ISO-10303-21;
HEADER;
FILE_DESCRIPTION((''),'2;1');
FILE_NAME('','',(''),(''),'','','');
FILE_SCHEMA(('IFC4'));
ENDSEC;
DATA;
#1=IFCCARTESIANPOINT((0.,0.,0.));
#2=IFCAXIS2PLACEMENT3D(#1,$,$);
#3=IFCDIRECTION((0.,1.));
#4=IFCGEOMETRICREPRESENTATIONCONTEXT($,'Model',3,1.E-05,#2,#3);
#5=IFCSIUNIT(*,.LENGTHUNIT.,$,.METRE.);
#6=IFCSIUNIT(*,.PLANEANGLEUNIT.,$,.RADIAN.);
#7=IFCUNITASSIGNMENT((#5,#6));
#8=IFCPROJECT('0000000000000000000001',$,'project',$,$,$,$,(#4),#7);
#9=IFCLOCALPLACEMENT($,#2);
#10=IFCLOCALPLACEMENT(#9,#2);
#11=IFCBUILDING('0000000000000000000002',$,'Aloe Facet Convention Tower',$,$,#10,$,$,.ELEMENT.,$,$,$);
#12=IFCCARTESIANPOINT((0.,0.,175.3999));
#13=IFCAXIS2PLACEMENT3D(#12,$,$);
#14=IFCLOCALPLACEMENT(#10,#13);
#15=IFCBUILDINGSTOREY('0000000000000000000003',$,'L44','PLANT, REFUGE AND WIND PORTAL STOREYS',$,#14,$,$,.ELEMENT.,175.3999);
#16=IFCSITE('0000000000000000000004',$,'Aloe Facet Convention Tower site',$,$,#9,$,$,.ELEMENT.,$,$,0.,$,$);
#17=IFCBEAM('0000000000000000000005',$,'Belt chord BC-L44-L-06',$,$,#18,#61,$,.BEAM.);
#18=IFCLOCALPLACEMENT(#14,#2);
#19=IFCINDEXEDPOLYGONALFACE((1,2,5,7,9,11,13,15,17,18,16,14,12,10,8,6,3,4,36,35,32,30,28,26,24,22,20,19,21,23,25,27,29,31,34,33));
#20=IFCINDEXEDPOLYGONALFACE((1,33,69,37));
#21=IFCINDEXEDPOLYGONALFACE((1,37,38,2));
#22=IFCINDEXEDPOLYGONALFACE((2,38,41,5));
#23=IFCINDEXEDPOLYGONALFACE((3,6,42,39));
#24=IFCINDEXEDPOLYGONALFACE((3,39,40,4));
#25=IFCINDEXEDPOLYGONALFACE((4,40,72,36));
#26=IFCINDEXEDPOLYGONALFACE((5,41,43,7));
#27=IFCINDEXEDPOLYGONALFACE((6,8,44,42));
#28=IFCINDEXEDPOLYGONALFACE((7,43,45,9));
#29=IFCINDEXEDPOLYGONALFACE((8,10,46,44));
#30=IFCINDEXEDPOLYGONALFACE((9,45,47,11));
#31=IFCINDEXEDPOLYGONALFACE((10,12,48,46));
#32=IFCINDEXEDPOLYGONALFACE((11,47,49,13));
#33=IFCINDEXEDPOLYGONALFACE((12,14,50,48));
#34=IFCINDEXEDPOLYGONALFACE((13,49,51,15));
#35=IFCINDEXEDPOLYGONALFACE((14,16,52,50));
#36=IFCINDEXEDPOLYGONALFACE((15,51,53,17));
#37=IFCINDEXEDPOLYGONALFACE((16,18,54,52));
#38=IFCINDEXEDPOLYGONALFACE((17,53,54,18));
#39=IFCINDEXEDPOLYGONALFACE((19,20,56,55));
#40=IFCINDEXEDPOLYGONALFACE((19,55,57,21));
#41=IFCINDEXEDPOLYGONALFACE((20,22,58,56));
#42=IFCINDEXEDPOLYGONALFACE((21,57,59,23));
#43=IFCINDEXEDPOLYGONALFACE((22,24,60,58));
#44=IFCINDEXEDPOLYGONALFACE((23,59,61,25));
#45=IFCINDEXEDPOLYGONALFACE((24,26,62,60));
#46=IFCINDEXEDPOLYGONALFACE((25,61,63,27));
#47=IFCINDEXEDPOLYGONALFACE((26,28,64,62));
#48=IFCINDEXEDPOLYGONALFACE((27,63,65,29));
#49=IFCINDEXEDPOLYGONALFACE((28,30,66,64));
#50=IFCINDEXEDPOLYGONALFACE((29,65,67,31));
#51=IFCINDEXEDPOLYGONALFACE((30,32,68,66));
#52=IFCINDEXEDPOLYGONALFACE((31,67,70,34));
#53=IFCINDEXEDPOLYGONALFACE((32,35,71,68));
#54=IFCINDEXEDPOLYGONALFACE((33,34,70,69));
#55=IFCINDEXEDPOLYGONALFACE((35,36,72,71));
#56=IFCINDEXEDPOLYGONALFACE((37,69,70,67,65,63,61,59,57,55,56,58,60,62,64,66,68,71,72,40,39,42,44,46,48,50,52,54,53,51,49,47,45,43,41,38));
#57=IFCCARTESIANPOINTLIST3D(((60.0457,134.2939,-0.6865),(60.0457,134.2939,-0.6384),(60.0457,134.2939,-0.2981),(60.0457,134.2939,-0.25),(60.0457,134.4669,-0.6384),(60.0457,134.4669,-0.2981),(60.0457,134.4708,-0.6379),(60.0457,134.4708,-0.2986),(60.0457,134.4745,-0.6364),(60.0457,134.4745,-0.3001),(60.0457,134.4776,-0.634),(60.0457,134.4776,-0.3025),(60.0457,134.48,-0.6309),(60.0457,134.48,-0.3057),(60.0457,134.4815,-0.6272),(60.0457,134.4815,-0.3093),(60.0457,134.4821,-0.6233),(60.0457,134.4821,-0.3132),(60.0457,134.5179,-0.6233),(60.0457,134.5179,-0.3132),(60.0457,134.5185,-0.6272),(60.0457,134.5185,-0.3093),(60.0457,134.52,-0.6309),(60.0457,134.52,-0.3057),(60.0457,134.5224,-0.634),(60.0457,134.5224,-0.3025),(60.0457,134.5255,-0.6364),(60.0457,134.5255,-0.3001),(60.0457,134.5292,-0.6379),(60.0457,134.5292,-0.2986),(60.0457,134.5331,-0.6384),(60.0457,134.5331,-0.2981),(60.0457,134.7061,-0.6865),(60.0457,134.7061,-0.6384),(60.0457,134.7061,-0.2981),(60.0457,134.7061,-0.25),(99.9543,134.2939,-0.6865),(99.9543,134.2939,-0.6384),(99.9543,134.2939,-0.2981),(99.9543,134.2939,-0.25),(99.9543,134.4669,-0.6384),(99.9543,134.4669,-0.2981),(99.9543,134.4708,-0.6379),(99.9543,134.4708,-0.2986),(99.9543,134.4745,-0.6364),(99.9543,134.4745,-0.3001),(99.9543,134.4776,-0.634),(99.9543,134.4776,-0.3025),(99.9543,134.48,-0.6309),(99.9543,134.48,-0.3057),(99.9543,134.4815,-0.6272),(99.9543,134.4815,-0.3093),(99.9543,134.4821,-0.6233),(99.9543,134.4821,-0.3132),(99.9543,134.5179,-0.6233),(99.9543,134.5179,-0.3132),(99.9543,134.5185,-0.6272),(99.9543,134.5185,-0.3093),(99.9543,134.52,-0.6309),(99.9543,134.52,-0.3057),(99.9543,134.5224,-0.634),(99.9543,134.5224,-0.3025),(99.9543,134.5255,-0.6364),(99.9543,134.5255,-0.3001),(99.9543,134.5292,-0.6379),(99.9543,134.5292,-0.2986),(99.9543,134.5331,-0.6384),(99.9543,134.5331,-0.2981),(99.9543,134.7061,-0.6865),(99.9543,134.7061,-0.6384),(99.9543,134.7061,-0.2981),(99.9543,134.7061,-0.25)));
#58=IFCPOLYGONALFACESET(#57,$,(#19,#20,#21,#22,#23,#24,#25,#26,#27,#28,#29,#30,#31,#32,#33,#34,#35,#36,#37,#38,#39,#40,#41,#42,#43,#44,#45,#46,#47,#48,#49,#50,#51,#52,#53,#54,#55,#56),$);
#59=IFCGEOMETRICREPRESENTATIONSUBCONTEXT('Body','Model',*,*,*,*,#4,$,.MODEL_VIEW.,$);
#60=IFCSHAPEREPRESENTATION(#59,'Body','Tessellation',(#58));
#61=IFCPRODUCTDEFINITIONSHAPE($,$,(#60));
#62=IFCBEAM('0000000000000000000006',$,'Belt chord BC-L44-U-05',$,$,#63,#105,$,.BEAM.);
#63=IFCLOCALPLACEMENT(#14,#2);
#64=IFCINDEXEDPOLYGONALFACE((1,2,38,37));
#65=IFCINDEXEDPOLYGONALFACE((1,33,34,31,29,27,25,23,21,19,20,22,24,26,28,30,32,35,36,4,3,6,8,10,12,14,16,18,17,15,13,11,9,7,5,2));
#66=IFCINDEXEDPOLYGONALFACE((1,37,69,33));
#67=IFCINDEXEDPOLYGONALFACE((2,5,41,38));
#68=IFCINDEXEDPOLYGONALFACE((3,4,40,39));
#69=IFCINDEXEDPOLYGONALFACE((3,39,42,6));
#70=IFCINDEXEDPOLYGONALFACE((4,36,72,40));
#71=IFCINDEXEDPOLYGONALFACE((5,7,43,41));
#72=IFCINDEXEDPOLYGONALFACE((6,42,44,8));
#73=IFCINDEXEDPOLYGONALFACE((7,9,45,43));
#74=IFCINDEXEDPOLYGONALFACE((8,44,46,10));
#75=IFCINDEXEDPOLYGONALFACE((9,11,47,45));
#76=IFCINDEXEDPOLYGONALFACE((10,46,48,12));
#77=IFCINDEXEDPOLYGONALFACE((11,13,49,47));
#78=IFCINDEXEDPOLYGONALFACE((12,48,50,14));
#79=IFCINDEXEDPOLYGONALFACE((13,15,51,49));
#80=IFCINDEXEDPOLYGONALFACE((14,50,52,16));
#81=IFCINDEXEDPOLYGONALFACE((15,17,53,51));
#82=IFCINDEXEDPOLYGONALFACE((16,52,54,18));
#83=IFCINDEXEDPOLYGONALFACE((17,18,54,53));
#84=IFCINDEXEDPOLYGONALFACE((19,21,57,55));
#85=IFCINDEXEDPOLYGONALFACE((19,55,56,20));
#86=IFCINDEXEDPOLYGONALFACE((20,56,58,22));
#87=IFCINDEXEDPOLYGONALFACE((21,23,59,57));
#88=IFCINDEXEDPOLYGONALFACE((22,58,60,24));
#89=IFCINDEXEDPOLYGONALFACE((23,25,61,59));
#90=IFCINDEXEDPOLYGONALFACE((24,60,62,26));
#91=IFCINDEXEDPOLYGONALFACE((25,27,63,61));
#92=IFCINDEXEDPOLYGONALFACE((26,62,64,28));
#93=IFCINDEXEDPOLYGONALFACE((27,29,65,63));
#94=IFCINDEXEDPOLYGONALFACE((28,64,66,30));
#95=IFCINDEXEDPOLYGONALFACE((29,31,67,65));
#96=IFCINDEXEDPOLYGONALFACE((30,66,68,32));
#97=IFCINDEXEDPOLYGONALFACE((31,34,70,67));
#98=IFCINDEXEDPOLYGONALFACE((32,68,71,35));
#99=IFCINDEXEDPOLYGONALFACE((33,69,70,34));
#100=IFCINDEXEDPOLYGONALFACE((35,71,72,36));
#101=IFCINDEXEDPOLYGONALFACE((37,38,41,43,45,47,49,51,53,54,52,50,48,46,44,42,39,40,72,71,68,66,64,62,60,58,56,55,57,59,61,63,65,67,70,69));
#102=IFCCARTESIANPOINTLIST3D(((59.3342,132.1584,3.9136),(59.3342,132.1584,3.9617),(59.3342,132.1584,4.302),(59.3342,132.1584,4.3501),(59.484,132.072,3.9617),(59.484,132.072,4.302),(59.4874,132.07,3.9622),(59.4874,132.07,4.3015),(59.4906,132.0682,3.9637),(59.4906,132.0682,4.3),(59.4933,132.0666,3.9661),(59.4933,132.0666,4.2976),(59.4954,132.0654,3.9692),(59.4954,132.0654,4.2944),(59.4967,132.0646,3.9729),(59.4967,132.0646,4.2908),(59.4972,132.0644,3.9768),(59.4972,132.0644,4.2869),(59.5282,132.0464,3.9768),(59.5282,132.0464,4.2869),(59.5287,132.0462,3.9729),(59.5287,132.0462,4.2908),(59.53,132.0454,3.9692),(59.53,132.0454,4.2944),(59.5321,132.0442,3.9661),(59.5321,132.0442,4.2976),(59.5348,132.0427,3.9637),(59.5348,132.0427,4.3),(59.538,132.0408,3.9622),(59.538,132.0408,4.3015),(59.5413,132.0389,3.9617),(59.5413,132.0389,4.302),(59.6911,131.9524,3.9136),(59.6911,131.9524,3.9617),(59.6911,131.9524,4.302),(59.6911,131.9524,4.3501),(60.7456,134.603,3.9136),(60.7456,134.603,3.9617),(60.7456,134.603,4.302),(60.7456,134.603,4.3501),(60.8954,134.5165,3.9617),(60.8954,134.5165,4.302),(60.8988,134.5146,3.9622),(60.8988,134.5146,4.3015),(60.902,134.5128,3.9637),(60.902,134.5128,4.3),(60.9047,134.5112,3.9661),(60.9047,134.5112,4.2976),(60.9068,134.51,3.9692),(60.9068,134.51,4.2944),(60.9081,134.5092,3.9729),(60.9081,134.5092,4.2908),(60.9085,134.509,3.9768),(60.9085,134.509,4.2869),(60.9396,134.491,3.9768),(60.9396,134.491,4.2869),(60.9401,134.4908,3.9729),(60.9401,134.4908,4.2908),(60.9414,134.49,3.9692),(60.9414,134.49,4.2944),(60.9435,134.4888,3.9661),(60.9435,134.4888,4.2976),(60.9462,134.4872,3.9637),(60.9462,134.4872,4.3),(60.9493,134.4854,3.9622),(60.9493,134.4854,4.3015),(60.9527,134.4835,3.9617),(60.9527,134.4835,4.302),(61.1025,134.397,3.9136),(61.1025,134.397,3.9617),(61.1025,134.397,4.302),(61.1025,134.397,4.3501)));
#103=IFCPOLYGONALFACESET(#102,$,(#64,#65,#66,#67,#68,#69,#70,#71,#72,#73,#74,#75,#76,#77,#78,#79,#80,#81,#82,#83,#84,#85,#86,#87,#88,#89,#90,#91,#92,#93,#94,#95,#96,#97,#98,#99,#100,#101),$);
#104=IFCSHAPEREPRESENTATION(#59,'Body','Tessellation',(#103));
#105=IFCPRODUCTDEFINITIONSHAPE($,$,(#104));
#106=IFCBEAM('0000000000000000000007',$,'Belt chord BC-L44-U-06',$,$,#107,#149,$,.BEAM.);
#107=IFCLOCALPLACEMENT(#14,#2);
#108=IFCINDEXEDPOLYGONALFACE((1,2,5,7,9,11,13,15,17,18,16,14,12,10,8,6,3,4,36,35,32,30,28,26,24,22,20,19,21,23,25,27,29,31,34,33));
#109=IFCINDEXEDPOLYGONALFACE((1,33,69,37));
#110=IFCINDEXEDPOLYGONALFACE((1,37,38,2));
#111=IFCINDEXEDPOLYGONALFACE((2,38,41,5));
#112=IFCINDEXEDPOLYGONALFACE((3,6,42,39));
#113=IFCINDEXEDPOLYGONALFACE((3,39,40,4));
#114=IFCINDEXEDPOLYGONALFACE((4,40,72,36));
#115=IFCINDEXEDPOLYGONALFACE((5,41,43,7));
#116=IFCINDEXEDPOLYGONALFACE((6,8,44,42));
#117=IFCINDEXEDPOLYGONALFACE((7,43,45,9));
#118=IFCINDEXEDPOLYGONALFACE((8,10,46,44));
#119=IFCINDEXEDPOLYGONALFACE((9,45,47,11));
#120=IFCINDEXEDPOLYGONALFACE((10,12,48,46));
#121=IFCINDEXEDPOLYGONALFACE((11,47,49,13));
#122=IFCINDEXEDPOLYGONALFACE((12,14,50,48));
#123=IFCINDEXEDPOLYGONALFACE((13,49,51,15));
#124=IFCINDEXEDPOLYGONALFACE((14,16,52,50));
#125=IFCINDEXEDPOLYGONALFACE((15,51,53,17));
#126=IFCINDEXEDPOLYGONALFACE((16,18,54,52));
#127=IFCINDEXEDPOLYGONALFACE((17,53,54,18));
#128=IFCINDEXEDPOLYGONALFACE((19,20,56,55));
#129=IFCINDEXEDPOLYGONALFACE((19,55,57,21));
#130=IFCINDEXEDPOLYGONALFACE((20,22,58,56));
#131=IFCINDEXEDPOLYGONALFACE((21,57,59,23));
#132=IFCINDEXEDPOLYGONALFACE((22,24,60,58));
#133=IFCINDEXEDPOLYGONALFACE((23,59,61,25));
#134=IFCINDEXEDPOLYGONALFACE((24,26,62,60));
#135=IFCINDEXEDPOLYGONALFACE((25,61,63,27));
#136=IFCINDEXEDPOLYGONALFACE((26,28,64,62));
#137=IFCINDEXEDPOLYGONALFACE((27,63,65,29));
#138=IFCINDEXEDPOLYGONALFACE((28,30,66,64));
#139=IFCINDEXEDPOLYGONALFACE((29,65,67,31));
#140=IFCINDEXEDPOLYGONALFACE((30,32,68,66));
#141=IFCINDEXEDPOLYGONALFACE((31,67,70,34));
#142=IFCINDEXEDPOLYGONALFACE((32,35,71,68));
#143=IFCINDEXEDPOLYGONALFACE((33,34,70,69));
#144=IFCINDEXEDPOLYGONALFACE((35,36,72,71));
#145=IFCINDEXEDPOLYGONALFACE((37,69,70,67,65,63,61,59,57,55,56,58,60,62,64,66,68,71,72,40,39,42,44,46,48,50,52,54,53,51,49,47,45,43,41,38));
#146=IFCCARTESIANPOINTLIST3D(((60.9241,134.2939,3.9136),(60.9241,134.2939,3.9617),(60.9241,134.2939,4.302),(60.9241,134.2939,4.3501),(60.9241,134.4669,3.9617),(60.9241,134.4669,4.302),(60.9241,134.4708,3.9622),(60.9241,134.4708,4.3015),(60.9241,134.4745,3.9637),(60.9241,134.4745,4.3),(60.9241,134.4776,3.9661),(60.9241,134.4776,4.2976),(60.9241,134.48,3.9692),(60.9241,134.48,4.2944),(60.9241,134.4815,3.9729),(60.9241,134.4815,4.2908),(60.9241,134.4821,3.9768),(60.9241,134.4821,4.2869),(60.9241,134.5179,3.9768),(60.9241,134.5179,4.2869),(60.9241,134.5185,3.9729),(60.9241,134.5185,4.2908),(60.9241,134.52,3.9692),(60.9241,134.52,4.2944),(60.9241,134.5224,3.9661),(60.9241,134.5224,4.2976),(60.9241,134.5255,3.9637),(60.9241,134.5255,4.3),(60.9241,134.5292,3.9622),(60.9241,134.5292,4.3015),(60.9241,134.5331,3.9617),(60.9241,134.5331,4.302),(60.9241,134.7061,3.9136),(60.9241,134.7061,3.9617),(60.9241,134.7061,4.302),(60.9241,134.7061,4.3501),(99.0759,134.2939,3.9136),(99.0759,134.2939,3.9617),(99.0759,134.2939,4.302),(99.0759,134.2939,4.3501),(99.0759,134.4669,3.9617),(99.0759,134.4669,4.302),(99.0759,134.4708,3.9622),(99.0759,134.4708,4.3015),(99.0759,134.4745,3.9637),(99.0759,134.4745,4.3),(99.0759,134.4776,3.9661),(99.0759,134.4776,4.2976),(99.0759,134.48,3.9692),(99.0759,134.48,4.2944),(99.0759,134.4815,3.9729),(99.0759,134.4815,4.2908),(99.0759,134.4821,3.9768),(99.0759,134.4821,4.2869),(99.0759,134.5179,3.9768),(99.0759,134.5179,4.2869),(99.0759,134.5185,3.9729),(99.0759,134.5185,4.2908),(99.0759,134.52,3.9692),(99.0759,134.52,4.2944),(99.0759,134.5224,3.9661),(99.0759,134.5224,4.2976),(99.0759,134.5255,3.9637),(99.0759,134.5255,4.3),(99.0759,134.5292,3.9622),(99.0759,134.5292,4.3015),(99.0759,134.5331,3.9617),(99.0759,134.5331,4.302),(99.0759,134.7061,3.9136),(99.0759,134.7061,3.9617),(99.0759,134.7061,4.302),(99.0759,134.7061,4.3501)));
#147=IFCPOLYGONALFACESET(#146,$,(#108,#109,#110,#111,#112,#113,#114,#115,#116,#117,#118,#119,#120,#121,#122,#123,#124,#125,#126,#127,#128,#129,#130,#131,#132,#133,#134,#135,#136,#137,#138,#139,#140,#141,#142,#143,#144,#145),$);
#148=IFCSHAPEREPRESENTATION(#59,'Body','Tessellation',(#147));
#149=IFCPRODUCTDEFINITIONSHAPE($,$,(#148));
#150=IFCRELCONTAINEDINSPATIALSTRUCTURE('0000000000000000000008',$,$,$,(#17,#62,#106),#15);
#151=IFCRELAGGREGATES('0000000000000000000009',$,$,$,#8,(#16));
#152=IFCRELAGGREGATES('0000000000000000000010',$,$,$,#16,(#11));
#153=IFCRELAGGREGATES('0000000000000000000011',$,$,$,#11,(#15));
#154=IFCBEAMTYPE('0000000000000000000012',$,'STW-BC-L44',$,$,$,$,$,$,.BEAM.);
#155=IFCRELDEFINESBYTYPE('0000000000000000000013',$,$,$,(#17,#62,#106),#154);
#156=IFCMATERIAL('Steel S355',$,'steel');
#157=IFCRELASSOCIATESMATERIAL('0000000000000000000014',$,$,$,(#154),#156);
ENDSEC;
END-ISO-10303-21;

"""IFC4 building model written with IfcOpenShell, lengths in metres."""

from ifc_helpers import new_model, si_unit, direction, frame, origin, origin_2d, place, context, subcontext, project, spatial, i_section, extrude, material, material_profile, profile_set, type_object, element, save


model = new_model("IFC4")

# Units and contexts
model_context = context("Model", 3, precision=1e-05, world=origin(), true_north=direction((0.0, 1.0)))
body_context = subcontext(model_context, "Body", "Model", "MODEL_VIEW")
ifc_project = project(units=[si_unit("LENGTHUNIT", "METRE"), si_unit("PLANEANGLEUNIT", "RADIAN")], contexts=[model_context])

# Site, building, storey
site_placement = place(None, origin())
site = spatial("IfcSite", under=ifc_project, at=site_placement, Name="Aloe Facet Convention Tower site", CompositionType="ELEMENT", RefElevation=0.0)
building_placement = place(site_placement, origin())
building = spatial("IfcBuilding", under=site, at=building_placement, Name="Aloe Facet Convention Tower", CompositionType="ELEMENT")
storey_placement = place(building_placement, frame((0.0, 0.0, 175.3999)))
storey = spatial("IfcBuildingStorey", under=building, at=storey_placement, Name="L44", Description="PLANT, REFUGE AND WIND PORTAL STOREYS", CompositionType="ELEMENT", Elevation=175.3999)

# Beams
ifc_material_1 = material(Name="Steel S355", Category="steel")
ifc_material_profile_1 = material_profile(ifc_material_1, i_section(OverallWidth=0.4121, OverallDepth=0.4365, WebThickness=0.0359, FlangeThickness=0.0481, FilletRadius=0.0151, at=origin_2d()), Name="UC 356x406x467")
ifc_profile_set_1 = profile_set([ifc_material_profile_1], Name="Steel S355")
beam_type_1 = type_object("IfcBeamType", Name="STW-BC-L44", PredefinedType="BEAM", material=ifc_profile_set_1)
beam_1_placement = place(storey_placement, frame((60.0457, 134.5, -0.4683), z_axis=(1.0, 0.0, 0.0), x_axis=(0.0, 1.0, 0.0)))
element("IfcBeam", 1, at=beam_1_placement, inside=storey, type_object=beam_type_1, Name="Belt chord BC-L44-L-06", PredefinedType="BEAM", context=body_context, shape_type="SweptSolid", body=[
    extrude(i_section(OverallWidth=0.4121, OverallDepth=0.4365, WebThickness=0.0359, FlangeThickness=0.0481, FilletRadius=0.0151, at=origin_2d()), origin(), (0.0, 0.0, 1.0), 39.9087),
])
beam_2_placement = place(storey_placement, frame((59.5127, 132.0554, 4.1318), z_axis=(0.499999, 0.866026, 0.0), x_axis=(-0.866026, 0.499999, 0.0)))
element("IfcBeam", 2, at=beam_2_placement, inside=storey, type_object=beam_type_1, Name="Belt chord BC-L44-U-05", PredefinedType="BEAM", context=body_context, shape_type="SweptSolid", body=[
    extrude(i_section(OverallWidth=0.4121, OverallDepth=0.4365, WebThickness=0.0359, FlangeThickness=0.0481, FilletRadius=0.0151, at=origin_2d()), origin(), (0.0, 0.0, 1.0), 2.8228),
])
beam_3_placement = place(storey_placement, frame((60.9241, 134.5, 4.1318), z_axis=(1.0, 0.0, 0.0), x_axis=(0.0, 1.0, 0.0)))
element("IfcBeam", 3, at=beam_3_placement, inside=storey, type_object=beam_type_1, Name="Belt chord BC-L44-U-06", PredefinedType="BEAM", context=body_context, shape_type="SweptSolid", body=[
    extrude(i_section(OverallWidth=0.4121, OverallDepth=0.4365, WebThickness=0.0359, FlangeThickness=0.0481, FilletRadius=0.0151, at=origin_2d()), origin(), (0.0, 0.0, 1.0), 38.1519),
])

save(model, "model.ifc")
